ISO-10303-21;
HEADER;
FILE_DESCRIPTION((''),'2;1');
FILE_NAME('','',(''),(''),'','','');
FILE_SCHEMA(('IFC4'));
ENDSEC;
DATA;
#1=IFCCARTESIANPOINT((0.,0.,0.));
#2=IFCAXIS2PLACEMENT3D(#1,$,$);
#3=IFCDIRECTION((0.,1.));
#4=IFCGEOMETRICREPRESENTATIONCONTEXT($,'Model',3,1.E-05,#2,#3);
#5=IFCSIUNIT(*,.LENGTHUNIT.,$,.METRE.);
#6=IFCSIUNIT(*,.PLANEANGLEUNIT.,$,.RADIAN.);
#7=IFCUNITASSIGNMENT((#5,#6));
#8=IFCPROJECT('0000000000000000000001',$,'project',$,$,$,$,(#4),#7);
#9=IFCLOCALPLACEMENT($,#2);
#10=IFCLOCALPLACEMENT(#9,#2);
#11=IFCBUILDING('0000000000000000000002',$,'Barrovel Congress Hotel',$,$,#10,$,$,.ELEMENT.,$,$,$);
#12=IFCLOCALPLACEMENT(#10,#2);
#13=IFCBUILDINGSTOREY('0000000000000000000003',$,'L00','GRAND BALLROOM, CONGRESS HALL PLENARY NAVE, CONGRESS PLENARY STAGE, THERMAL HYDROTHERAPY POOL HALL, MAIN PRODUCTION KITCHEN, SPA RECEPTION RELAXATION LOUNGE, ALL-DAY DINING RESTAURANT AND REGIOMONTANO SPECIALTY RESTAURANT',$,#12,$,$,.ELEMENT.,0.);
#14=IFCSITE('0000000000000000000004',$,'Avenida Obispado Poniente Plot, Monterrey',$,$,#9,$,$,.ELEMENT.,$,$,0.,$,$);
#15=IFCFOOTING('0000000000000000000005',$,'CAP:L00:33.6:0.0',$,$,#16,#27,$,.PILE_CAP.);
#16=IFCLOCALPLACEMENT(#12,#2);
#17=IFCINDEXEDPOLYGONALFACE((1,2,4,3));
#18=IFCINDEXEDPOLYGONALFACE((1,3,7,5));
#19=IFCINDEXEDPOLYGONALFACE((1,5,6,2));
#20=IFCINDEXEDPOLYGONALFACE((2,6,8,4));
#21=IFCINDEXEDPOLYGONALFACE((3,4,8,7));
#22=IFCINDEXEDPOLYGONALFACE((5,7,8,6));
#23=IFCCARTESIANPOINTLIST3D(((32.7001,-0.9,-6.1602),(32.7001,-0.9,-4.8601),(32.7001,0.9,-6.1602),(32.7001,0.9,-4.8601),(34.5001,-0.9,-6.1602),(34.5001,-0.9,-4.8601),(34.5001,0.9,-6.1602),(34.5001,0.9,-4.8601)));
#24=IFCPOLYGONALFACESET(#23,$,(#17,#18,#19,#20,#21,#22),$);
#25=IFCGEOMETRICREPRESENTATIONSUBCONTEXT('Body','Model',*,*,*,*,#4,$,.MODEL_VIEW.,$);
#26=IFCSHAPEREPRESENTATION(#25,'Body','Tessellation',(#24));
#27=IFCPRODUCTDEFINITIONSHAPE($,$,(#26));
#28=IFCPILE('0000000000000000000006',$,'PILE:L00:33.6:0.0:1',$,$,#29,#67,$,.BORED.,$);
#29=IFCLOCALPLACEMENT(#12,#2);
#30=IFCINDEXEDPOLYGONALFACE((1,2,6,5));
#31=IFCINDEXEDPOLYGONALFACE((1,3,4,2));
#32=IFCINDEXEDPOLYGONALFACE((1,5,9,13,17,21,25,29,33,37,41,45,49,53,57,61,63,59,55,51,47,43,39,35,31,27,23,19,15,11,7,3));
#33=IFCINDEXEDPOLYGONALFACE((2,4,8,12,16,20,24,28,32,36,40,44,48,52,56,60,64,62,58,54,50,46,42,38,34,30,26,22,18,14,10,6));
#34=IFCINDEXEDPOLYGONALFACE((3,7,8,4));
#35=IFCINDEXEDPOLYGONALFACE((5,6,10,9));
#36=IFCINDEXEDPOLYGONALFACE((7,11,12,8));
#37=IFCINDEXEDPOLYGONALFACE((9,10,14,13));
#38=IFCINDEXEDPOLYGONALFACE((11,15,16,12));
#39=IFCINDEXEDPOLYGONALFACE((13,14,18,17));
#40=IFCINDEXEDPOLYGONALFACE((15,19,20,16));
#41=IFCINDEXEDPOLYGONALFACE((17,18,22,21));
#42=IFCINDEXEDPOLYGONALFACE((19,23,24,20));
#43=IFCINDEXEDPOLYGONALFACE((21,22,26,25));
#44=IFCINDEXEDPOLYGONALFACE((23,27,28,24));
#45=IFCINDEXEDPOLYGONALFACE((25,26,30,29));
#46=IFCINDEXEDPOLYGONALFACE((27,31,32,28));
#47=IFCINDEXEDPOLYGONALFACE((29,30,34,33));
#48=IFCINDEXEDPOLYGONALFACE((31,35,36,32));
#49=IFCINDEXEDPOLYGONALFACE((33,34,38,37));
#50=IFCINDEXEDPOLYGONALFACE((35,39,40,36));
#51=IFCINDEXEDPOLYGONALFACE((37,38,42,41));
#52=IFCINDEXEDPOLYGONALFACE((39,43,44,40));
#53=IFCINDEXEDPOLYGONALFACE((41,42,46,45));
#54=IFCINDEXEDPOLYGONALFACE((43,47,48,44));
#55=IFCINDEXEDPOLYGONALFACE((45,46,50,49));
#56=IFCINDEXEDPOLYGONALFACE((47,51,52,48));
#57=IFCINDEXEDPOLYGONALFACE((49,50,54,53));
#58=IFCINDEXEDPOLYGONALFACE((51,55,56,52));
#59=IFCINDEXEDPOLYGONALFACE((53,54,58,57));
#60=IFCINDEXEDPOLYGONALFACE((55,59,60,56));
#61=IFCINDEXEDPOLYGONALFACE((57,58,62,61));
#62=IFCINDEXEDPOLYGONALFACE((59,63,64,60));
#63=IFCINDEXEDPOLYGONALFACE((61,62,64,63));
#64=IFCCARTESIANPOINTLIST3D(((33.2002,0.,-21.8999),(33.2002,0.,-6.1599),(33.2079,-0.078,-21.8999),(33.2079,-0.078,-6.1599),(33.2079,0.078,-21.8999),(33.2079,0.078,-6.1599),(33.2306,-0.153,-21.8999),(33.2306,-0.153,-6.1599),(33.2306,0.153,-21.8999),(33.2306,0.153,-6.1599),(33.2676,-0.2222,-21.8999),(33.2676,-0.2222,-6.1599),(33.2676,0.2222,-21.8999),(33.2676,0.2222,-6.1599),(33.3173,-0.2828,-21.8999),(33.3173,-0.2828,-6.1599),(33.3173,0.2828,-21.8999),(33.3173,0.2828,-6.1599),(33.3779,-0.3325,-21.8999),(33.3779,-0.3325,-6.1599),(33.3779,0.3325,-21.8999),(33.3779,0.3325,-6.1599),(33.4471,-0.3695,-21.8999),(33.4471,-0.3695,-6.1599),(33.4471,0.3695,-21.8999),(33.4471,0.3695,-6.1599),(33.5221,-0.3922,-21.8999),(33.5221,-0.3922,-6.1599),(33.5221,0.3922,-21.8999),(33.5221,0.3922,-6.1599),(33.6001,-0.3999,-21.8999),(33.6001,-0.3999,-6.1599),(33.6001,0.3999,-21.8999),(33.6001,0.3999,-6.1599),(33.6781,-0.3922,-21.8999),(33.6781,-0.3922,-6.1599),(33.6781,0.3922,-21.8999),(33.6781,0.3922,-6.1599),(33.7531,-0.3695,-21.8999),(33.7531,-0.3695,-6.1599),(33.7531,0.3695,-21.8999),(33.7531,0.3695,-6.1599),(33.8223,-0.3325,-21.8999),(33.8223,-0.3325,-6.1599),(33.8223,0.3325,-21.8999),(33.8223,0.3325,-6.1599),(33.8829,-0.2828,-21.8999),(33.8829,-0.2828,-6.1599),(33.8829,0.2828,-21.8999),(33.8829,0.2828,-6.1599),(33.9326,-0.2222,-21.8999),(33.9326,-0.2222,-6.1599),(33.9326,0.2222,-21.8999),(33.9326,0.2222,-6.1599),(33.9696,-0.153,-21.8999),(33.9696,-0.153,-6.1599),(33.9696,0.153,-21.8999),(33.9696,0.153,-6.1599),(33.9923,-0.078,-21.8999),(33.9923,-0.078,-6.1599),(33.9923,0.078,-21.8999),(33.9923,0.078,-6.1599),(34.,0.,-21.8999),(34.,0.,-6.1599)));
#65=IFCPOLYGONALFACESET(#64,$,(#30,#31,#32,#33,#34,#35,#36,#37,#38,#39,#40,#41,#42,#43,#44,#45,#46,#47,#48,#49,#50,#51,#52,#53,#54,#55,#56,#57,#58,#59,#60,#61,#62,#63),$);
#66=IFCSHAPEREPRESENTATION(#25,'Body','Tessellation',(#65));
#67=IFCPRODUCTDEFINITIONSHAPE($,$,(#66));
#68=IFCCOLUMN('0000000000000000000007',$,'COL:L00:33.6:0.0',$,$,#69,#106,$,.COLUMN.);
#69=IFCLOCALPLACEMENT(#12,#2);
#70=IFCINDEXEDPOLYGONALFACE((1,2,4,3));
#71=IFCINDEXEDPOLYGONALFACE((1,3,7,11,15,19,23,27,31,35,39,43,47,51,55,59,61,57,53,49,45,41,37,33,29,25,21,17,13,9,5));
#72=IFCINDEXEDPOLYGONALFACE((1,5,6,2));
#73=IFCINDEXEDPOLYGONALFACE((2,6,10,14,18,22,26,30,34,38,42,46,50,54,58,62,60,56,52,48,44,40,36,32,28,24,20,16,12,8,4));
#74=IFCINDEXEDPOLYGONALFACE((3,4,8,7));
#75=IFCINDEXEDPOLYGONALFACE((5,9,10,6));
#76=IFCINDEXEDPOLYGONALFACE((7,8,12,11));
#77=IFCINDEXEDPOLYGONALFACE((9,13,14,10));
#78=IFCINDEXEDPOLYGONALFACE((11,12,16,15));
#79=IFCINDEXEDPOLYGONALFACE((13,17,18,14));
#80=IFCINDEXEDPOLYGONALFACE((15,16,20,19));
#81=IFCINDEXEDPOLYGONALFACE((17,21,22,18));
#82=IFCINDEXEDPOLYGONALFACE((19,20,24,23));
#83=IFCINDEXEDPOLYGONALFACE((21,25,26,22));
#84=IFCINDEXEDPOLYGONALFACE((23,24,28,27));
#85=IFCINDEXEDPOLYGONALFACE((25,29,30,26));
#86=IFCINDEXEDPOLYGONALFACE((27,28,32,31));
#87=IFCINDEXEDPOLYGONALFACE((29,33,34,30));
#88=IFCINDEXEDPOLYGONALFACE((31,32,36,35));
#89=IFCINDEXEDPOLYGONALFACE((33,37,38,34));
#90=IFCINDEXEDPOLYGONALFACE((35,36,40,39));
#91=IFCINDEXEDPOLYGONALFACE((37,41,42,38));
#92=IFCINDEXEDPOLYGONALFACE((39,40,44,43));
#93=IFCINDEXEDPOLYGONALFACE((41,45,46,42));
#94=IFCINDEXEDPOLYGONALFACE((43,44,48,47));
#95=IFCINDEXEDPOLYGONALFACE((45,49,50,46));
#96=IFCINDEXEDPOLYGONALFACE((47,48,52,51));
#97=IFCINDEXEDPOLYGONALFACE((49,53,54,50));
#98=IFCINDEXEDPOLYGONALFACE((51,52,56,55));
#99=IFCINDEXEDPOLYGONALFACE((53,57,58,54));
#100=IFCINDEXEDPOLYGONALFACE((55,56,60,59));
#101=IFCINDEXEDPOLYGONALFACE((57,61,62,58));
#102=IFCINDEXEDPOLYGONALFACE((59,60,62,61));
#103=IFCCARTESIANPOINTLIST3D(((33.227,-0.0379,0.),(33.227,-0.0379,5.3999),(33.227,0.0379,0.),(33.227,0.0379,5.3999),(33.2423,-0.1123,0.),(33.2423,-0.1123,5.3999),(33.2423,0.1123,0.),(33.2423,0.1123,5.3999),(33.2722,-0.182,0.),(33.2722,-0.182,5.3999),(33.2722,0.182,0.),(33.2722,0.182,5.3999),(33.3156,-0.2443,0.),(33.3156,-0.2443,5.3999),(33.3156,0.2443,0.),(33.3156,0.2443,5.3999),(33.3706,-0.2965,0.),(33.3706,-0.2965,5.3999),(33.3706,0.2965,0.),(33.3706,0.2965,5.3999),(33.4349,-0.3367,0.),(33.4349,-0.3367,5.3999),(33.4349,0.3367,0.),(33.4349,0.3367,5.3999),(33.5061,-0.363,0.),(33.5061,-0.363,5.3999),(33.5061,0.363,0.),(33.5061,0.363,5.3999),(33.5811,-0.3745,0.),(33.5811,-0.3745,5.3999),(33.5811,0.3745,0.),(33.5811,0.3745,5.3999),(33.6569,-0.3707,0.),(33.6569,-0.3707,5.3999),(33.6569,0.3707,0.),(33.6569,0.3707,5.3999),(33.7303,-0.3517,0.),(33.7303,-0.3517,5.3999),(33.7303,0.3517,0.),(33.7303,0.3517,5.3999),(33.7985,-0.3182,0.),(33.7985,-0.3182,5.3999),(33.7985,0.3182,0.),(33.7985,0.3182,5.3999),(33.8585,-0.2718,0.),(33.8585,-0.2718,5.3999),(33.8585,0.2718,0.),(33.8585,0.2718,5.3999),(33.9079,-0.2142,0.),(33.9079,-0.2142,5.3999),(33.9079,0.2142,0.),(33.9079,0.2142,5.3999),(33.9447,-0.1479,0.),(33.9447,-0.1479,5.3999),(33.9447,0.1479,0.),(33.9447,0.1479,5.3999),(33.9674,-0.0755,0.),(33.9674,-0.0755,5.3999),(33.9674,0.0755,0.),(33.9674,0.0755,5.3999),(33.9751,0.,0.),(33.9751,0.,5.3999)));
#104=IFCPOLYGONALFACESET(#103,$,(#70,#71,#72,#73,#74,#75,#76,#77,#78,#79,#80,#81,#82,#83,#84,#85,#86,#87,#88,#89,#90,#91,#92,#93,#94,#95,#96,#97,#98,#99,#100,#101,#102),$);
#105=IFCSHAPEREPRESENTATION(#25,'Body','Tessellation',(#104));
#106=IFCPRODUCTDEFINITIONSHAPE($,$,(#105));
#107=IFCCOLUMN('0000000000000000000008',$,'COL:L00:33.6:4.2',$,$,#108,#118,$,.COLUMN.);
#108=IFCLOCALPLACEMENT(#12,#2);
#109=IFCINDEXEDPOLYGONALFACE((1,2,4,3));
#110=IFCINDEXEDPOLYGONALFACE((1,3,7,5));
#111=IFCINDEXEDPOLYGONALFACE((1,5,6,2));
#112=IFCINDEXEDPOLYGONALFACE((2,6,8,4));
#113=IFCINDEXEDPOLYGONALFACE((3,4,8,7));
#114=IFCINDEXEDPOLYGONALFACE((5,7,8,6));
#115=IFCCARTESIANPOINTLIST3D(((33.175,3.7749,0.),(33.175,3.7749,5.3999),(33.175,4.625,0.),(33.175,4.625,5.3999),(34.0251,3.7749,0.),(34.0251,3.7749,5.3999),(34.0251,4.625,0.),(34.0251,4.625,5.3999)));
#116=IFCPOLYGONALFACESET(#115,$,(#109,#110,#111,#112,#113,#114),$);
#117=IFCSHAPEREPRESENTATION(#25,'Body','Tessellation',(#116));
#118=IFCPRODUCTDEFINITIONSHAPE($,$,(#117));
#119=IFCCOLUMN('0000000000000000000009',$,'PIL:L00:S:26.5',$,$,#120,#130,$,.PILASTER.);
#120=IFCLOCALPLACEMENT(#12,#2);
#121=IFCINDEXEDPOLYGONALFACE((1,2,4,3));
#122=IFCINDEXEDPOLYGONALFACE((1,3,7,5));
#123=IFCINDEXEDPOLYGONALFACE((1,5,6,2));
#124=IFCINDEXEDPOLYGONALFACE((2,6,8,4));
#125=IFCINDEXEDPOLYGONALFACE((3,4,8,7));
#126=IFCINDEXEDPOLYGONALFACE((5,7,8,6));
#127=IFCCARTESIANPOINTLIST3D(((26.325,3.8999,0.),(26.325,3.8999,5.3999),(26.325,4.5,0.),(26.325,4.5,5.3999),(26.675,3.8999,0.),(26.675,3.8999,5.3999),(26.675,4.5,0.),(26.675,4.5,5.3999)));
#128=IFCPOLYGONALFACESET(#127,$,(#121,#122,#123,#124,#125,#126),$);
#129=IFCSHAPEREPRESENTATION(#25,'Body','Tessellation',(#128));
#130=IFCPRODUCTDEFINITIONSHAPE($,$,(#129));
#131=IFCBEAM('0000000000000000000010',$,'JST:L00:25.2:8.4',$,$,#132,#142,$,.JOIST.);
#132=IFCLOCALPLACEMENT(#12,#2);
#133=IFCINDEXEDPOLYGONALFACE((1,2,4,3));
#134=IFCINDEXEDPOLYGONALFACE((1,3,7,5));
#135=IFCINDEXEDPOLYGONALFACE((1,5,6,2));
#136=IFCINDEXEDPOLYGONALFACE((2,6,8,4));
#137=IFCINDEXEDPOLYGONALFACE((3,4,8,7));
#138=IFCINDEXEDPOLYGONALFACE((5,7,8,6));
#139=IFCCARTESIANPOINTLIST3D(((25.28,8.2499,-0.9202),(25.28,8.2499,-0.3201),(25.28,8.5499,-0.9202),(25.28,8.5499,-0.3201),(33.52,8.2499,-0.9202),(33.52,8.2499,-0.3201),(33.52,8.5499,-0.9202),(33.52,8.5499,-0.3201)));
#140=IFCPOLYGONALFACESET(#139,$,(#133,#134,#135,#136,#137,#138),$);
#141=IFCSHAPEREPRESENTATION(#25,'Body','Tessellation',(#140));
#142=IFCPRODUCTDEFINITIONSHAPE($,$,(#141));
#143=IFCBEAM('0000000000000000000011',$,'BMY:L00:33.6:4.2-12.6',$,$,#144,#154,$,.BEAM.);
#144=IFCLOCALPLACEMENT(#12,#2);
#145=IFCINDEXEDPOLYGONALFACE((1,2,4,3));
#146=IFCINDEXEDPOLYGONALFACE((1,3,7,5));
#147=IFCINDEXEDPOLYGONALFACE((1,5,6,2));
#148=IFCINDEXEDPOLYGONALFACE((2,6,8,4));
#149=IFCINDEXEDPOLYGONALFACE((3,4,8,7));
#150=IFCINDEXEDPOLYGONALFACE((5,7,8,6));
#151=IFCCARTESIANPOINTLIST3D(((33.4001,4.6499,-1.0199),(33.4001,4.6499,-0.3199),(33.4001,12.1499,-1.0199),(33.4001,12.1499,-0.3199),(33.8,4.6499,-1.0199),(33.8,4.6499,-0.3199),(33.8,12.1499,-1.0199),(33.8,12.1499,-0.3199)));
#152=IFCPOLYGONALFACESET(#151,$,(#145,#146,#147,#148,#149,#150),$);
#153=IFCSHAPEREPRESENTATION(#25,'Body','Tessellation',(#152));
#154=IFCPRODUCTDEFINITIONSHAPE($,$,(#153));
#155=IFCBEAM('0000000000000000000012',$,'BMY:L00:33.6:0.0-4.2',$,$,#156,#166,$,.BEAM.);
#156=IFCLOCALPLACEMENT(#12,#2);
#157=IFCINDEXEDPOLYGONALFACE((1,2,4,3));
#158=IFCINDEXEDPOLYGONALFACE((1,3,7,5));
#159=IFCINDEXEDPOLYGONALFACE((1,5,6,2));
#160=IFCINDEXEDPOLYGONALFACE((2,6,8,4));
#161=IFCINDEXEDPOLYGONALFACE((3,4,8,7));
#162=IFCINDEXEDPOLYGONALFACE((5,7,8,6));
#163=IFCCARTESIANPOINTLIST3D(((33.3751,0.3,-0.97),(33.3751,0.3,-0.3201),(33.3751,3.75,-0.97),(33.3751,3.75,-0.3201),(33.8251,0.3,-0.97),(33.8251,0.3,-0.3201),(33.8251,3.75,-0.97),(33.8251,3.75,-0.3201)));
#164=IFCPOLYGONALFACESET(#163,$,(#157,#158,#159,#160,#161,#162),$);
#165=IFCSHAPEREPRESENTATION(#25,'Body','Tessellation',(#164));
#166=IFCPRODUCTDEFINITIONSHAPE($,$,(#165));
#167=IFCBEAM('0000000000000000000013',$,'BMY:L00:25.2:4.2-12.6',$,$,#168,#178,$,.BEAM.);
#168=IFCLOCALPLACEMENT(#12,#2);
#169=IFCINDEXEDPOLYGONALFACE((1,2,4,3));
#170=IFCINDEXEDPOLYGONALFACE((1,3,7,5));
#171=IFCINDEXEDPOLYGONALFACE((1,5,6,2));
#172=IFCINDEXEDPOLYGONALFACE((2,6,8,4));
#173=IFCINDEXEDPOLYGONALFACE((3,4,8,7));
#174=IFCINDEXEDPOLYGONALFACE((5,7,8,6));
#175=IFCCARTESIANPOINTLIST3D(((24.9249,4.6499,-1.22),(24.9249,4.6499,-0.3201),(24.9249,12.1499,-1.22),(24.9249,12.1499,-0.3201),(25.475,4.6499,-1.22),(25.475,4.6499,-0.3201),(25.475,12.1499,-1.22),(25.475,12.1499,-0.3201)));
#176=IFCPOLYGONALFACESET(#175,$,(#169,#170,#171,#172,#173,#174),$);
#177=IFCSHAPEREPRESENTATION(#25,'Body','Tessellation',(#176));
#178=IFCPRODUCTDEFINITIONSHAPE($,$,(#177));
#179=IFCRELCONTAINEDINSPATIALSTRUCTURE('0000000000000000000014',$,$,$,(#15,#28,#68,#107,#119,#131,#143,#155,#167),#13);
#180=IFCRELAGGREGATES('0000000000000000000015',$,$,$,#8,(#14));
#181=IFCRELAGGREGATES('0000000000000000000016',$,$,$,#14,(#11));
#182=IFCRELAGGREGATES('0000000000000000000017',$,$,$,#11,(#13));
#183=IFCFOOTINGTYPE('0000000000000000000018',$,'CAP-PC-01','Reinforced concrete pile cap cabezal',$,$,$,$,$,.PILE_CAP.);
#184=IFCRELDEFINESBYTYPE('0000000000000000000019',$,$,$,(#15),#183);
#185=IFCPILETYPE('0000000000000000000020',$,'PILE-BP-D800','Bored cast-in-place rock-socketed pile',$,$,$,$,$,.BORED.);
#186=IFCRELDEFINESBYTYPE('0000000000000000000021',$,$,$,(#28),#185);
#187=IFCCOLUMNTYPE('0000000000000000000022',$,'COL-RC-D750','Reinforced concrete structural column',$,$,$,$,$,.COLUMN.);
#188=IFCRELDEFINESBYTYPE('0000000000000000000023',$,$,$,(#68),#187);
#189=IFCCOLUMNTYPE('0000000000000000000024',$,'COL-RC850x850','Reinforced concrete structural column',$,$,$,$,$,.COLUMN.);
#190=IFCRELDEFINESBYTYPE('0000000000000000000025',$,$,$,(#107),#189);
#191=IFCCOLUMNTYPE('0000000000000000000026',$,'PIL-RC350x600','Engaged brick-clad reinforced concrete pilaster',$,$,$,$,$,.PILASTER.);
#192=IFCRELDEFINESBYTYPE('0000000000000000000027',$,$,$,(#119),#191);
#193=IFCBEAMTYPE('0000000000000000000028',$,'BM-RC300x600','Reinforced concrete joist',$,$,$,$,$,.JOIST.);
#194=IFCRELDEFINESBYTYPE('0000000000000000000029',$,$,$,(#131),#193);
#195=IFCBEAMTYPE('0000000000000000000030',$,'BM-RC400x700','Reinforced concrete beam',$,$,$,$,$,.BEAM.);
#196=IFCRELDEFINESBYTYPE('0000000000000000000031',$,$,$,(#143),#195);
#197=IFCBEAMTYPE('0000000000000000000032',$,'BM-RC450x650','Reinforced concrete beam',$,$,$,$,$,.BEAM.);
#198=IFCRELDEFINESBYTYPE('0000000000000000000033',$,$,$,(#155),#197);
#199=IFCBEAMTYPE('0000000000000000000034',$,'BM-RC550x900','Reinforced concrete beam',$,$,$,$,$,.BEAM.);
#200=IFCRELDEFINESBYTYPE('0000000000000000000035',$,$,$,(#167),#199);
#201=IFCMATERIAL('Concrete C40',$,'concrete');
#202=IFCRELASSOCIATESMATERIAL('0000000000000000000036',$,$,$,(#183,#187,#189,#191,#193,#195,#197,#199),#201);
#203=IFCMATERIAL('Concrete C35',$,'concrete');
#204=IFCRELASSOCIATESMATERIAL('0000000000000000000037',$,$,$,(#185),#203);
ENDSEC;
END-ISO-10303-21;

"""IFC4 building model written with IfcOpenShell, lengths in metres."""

from ifc_helpers import new_model, si_unit, direction, frame, origin, origin_2d, place, context, subcontext, project, spatial, rectangle, circle, extrude, material, material_profile, profile_set, type_object, element, save


model = new_model("IFC4")

# Units and contexts
model_context = context("Model", 3, precision=1e-05, world=origin(), true_north=direction((0.0, 1.0)))
body_context = subcontext(model_context, "Body", "Model", "MODEL_VIEW")
ifc_project = project(units=[si_unit("LENGTHUNIT", "METRE"), si_unit("PLANEANGLEUNIT", "RADIAN")], contexts=[model_context])

# Site, building, storey
site_placement = place(None, origin())
site = spatial("IfcSite", under=ifc_project, at=site_placement, Name="Avenida Obispado Poniente Plot, Monterrey", CompositionType="ELEMENT", RefElevation=0.0)
building_placement = place(site_placement, origin())
building = spatial("IfcBuilding", under=site, at=building_placement, Name="Barrovel Congress Hotel", CompositionType="ELEMENT")
storey_placement = place(building_placement, origin())
storey = spatial("IfcBuildingStorey", under=building, at=storey_placement, Name="L00", Description="GRAND BALLROOM, CONGRESS HALL PLENARY NAVE, CONGRESS PLENARY STAGE, THERMAL HYDROTHERAPY POOL HALL, MAIN PRODUCTION KITCHEN, SPA RECEPTION RELAXATION LOUNGE, ALL-DAY DINING RESTAURANT AND REGIOMONTANO SPECIALTY RESTAURANT", CompositionType="ELEMENT", Elevation=0.0)

# Footing
ifc_material_1 = material(Name="Concrete C40", Category="concrete")
footing_type = type_object("IfcFootingType", Name="CAP-PC-01", Description="Reinforced concrete pile cap cabezal", PredefinedType="PILE_CAP", material=ifc_material_1)
footing_placement = place(storey_placement, frame((33.6001, 0.0, -6.1602), z_axis=(0.0, 0.0, 1.0), x_axis=(1.0, 0.0, 0.0)))
element("IfcFooting", 1, at=footing_placement, inside=storey, type_object=footing_type, Name="CAP:L00:33.6:0.0", PredefinedType="PILE_CAP", context=body_context, shape_type="SweptSolid", body=[
    extrude(rectangle(XDim=1.8, YDim=1.8, at=origin_2d()), origin(), (0.0, 0.0, 1.0), 1.3),
])

# Pile
ifc_material_2 = material(Name="Concrete C35", Category="concrete")
ifc_material_profile_1 = material_profile(ifc_material_2, circle(Radius=0.3999, at=origin_2d()), Name="BP-D800")
ifc_profile_set_1 = profile_set([ifc_material_profile_1], Name="Concrete C35")
pile_type = type_object("IfcPileType", Name="PILE-BP-D800", Description="Bored cast-in-place rock-socketed pile", PredefinedType="BORED", material=ifc_profile_set_1)
pile_placement = place(storey_placement, frame((33.6001, 0.0, -6.1599), z_axis=(0.0, 0.0, -1.0), x_axis=(1.0, 0.0, 0.0)))
element("IfcPile", 2, at=pile_placement, inside=storey, type_object=pile_type, Name="PILE:L00:33.6:0.0:1", PredefinedType="BORED", context=body_context, shape_type="SweptSolid", body=[
    extrude(circle(Radius=0.3999, at=origin_2d()), origin(), (0.0, 0.0, 1.0), 15.74),
])

# Columns
ifc_material_profile_2 = material_profile(ifc_material_1, circle(Radius=0.375, at=origin_2d()), Name="RC-D750")
ifc_profile_set_2 = profile_set([ifc_material_profile_2], Name="Concrete C40")
column_type_1 = type_object("IfcColumnType", Name="COL-RC-D750", Description="Reinforced concrete structural column", PredefinedType="COLUMN", material=ifc_profile_set_2)
column_1_placement = place(storey_placement, frame((33.6001, 0.0, 0.0), z_axis=(0.0, 0.0, 1.0), x_axis=(1.0, 0.0, 0.0)))
element("IfcColumn", 3, at=column_1_placement, inside=storey, type_object=column_type_1, Name="COL:L00:33.6:0.0", PredefinedType="COLUMN", context=body_context, shape_type="SweptSolid", body=[
    extrude(circle(Radius=0.375, at=origin_2d()), origin(), (0.0, 0.0, 1.0), 5.3999),
])
ifc_material_profile_3 = material_profile(ifc_material_1, rectangle(XDim=0.8501, YDim=0.8501, at=origin_2d()), Name="RC850x850")
ifc_profile_set_3 = profile_set([ifc_material_profile_3], Name="Concrete C40")
column_type_2 = type_object("IfcColumnType", Name="COL-RC850x850", Description="Reinforced concrete structural column", PredefinedType="COLUMN", material=ifc_profile_set_3)
column_2_placement = place(storey_placement, frame((33.6001, 4.2, 0.0), z_axis=(0.0, 0.0, 1.0), x_axis=(1.0, 0.0, 0.0)))
element("IfcColumn", 4, at=column_2_placement, inside=storey, type_object=column_type_2, Name="COL:L00:33.6:4.2", PredefinedType="COLUMN", context=body_context, shape_type="SweptSolid", body=[
    extrude(rectangle(XDim=0.8501, YDim=0.8501, at=origin_2d()), origin(), (0.0, 0.0, 1.0), 5.3999),
])
ifc_material_profile_4 = material_profile(ifc_material_1, rectangle(XDim=0.3501, YDim=0.6001, at=origin_2d()), Name="RC350x600")
ifc_profile_set_4 = profile_set([ifc_material_profile_4], Name="Concrete C40")
column_type_3 = type_object("IfcColumnType", Name="PIL-RC350x600", Description="Engaged brick-clad reinforced concrete pilaster", PredefinedType="PILASTER", material=ifc_profile_set_4)
column_3_placement = place(storey_placement, frame((26.5, 4.2, 0.0), z_axis=(0.0, 0.0, 1.0), x_axis=(1.0, 0.0, 0.0)))
element("IfcColumn", 5, at=column_3_placement, inside=storey, type_object=column_type_3, Name="PIL:L00:S:26.5", PredefinedType="PILASTER", context=body_context, shape_type="SweptSolid", body=[
    extrude(rectangle(XDim=0.3501, YDim=0.6001, at=origin_2d()), origin(), (0.0, 0.0, 1.0), 5.3999),
])

# Beams
ifc_material_profile_5 = material_profile(ifc_material_1, rectangle(XDim=0.3, YDim=0.6001, at=origin_2d()), Name="RC300x600")
ifc_profile_set_5 = profile_set([ifc_material_profile_5], Name="Concrete C40")
beam_type_1 = type_object("IfcBeamType", Name="BM-RC300x600", Description="Reinforced concrete joist", PredefinedType="JOIST", material=ifc_profile_set_5)
beam_1_placement = place(storey_placement, frame((25.28, 8.3999, -0.6201), z_axis=(1.0, 0.0, 0.0), x_axis=(0.0, 1.0, 0.0)))
element("IfcBeam", 6, at=beam_1_placement, inside=storey, type_object=beam_type_1, Name="JST:L00:25.2:8.4", PredefinedType="JOIST", context=body_context, shape_type="SweptSolid", body=[
    extrude(rectangle(XDim=0.3, YDim=0.6001, at=origin_2d()), origin(), (0.0, 0.0, 1.0), 8.24),
])
ifc_material_profile_6 = material_profile(ifc_material_1, rectangle(XDim=0.3999, YDim=0.7, at=origin_2d()), Name="RC400x700")
ifc_profile_set_6 = profile_set([ifc_material_profile_6], Name="Concrete C40")
beam_type_2 = type_object("IfcBeamType", Name="BM-RC400x700", Description="Reinforced concrete beam", PredefinedType="BEAM", material=ifc_profile_set_6)
beam_2_placement = place(storey_placement, frame((33.6001, 4.6499, -0.6699), z_axis=(0.0, 1.0, 0.0), x_axis=(-1.0, 0.0, 0.0)))
element("IfcBeam", 7, at=beam_2_placement, inside=storey, type_object=beam_type_2, Name="BMY:L00:33.6:4.2-12.6", PredefinedType="BEAM", context=body_context, shape_type="SweptSolid", body=[
    extrude(rectangle(XDim=0.3999, YDim=0.7, at=origin_2d()), origin(), (0.0, 0.0, 1.0), 7.5),
])
ifc_material_profile_7 = material_profile(ifc_material_1, rectangle(XDim=0.45, YDim=0.6499, at=origin_2d()), Name="RC450x650")
ifc_profile_set_7 = profile_set([ifc_material_profile_7], Name="Concrete C40")
beam_type_3 = type_object("IfcBeamType", Name="BM-RC450x650", Description="Reinforced concrete beam", PredefinedType="BEAM", material=ifc_profile_set_7)
beam_3_placement = place(storey_placement, frame((33.6001, 0.3, -0.645), z_axis=(0.0, 1.0, 0.0), x_axis=(-1.0, 0.0, 0.0)))
element("IfcBeam", 8, at=beam_3_placement, inside=storey, type_object=beam_type_3, Name="BMY:L00:33.6:0.0-4.2", PredefinedType="BEAM", context=body_context, shape_type="SweptSolid", body=[
    extrude(rectangle(XDim=0.45, YDim=0.6499, at=origin_2d()), origin(), (0.0, 0.0, 1.0), 3.45),
])
ifc_material_profile_8 = material_profile(ifc_material_1, rectangle(XDim=0.55, YDim=0.8999, at=origin_2d()), Name="RC550x900")
ifc_profile_set_8 = profile_set([ifc_material_profile_8], Name="Concrete C40")
beam_type_4 = type_object("IfcBeamType", Name="BM-RC550x900", Description="Reinforced concrete beam", PredefinedType="BEAM", material=ifc_profile_set_8)
beam_4_placement = place(storey_placement, frame((25.2, 4.6499, -0.77), z_axis=(0.0, 1.0, 0.0), x_axis=(-1.0, 0.0, 0.0)))
element("IfcBeam", 9, at=beam_4_placement, inside=storey, type_object=beam_type_4, Name="BMY:L00:25.2:4.2-12.6", PredefinedType="BEAM", context=body_context, shape_type="SweptSolid", body=[
    extrude(rectangle(XDim=0.55, YDim=0.8999, at=origin_2d()), origin(), (0.0, 0.0, 1.0), 7.5),
])

save(model, "model.ifc")
